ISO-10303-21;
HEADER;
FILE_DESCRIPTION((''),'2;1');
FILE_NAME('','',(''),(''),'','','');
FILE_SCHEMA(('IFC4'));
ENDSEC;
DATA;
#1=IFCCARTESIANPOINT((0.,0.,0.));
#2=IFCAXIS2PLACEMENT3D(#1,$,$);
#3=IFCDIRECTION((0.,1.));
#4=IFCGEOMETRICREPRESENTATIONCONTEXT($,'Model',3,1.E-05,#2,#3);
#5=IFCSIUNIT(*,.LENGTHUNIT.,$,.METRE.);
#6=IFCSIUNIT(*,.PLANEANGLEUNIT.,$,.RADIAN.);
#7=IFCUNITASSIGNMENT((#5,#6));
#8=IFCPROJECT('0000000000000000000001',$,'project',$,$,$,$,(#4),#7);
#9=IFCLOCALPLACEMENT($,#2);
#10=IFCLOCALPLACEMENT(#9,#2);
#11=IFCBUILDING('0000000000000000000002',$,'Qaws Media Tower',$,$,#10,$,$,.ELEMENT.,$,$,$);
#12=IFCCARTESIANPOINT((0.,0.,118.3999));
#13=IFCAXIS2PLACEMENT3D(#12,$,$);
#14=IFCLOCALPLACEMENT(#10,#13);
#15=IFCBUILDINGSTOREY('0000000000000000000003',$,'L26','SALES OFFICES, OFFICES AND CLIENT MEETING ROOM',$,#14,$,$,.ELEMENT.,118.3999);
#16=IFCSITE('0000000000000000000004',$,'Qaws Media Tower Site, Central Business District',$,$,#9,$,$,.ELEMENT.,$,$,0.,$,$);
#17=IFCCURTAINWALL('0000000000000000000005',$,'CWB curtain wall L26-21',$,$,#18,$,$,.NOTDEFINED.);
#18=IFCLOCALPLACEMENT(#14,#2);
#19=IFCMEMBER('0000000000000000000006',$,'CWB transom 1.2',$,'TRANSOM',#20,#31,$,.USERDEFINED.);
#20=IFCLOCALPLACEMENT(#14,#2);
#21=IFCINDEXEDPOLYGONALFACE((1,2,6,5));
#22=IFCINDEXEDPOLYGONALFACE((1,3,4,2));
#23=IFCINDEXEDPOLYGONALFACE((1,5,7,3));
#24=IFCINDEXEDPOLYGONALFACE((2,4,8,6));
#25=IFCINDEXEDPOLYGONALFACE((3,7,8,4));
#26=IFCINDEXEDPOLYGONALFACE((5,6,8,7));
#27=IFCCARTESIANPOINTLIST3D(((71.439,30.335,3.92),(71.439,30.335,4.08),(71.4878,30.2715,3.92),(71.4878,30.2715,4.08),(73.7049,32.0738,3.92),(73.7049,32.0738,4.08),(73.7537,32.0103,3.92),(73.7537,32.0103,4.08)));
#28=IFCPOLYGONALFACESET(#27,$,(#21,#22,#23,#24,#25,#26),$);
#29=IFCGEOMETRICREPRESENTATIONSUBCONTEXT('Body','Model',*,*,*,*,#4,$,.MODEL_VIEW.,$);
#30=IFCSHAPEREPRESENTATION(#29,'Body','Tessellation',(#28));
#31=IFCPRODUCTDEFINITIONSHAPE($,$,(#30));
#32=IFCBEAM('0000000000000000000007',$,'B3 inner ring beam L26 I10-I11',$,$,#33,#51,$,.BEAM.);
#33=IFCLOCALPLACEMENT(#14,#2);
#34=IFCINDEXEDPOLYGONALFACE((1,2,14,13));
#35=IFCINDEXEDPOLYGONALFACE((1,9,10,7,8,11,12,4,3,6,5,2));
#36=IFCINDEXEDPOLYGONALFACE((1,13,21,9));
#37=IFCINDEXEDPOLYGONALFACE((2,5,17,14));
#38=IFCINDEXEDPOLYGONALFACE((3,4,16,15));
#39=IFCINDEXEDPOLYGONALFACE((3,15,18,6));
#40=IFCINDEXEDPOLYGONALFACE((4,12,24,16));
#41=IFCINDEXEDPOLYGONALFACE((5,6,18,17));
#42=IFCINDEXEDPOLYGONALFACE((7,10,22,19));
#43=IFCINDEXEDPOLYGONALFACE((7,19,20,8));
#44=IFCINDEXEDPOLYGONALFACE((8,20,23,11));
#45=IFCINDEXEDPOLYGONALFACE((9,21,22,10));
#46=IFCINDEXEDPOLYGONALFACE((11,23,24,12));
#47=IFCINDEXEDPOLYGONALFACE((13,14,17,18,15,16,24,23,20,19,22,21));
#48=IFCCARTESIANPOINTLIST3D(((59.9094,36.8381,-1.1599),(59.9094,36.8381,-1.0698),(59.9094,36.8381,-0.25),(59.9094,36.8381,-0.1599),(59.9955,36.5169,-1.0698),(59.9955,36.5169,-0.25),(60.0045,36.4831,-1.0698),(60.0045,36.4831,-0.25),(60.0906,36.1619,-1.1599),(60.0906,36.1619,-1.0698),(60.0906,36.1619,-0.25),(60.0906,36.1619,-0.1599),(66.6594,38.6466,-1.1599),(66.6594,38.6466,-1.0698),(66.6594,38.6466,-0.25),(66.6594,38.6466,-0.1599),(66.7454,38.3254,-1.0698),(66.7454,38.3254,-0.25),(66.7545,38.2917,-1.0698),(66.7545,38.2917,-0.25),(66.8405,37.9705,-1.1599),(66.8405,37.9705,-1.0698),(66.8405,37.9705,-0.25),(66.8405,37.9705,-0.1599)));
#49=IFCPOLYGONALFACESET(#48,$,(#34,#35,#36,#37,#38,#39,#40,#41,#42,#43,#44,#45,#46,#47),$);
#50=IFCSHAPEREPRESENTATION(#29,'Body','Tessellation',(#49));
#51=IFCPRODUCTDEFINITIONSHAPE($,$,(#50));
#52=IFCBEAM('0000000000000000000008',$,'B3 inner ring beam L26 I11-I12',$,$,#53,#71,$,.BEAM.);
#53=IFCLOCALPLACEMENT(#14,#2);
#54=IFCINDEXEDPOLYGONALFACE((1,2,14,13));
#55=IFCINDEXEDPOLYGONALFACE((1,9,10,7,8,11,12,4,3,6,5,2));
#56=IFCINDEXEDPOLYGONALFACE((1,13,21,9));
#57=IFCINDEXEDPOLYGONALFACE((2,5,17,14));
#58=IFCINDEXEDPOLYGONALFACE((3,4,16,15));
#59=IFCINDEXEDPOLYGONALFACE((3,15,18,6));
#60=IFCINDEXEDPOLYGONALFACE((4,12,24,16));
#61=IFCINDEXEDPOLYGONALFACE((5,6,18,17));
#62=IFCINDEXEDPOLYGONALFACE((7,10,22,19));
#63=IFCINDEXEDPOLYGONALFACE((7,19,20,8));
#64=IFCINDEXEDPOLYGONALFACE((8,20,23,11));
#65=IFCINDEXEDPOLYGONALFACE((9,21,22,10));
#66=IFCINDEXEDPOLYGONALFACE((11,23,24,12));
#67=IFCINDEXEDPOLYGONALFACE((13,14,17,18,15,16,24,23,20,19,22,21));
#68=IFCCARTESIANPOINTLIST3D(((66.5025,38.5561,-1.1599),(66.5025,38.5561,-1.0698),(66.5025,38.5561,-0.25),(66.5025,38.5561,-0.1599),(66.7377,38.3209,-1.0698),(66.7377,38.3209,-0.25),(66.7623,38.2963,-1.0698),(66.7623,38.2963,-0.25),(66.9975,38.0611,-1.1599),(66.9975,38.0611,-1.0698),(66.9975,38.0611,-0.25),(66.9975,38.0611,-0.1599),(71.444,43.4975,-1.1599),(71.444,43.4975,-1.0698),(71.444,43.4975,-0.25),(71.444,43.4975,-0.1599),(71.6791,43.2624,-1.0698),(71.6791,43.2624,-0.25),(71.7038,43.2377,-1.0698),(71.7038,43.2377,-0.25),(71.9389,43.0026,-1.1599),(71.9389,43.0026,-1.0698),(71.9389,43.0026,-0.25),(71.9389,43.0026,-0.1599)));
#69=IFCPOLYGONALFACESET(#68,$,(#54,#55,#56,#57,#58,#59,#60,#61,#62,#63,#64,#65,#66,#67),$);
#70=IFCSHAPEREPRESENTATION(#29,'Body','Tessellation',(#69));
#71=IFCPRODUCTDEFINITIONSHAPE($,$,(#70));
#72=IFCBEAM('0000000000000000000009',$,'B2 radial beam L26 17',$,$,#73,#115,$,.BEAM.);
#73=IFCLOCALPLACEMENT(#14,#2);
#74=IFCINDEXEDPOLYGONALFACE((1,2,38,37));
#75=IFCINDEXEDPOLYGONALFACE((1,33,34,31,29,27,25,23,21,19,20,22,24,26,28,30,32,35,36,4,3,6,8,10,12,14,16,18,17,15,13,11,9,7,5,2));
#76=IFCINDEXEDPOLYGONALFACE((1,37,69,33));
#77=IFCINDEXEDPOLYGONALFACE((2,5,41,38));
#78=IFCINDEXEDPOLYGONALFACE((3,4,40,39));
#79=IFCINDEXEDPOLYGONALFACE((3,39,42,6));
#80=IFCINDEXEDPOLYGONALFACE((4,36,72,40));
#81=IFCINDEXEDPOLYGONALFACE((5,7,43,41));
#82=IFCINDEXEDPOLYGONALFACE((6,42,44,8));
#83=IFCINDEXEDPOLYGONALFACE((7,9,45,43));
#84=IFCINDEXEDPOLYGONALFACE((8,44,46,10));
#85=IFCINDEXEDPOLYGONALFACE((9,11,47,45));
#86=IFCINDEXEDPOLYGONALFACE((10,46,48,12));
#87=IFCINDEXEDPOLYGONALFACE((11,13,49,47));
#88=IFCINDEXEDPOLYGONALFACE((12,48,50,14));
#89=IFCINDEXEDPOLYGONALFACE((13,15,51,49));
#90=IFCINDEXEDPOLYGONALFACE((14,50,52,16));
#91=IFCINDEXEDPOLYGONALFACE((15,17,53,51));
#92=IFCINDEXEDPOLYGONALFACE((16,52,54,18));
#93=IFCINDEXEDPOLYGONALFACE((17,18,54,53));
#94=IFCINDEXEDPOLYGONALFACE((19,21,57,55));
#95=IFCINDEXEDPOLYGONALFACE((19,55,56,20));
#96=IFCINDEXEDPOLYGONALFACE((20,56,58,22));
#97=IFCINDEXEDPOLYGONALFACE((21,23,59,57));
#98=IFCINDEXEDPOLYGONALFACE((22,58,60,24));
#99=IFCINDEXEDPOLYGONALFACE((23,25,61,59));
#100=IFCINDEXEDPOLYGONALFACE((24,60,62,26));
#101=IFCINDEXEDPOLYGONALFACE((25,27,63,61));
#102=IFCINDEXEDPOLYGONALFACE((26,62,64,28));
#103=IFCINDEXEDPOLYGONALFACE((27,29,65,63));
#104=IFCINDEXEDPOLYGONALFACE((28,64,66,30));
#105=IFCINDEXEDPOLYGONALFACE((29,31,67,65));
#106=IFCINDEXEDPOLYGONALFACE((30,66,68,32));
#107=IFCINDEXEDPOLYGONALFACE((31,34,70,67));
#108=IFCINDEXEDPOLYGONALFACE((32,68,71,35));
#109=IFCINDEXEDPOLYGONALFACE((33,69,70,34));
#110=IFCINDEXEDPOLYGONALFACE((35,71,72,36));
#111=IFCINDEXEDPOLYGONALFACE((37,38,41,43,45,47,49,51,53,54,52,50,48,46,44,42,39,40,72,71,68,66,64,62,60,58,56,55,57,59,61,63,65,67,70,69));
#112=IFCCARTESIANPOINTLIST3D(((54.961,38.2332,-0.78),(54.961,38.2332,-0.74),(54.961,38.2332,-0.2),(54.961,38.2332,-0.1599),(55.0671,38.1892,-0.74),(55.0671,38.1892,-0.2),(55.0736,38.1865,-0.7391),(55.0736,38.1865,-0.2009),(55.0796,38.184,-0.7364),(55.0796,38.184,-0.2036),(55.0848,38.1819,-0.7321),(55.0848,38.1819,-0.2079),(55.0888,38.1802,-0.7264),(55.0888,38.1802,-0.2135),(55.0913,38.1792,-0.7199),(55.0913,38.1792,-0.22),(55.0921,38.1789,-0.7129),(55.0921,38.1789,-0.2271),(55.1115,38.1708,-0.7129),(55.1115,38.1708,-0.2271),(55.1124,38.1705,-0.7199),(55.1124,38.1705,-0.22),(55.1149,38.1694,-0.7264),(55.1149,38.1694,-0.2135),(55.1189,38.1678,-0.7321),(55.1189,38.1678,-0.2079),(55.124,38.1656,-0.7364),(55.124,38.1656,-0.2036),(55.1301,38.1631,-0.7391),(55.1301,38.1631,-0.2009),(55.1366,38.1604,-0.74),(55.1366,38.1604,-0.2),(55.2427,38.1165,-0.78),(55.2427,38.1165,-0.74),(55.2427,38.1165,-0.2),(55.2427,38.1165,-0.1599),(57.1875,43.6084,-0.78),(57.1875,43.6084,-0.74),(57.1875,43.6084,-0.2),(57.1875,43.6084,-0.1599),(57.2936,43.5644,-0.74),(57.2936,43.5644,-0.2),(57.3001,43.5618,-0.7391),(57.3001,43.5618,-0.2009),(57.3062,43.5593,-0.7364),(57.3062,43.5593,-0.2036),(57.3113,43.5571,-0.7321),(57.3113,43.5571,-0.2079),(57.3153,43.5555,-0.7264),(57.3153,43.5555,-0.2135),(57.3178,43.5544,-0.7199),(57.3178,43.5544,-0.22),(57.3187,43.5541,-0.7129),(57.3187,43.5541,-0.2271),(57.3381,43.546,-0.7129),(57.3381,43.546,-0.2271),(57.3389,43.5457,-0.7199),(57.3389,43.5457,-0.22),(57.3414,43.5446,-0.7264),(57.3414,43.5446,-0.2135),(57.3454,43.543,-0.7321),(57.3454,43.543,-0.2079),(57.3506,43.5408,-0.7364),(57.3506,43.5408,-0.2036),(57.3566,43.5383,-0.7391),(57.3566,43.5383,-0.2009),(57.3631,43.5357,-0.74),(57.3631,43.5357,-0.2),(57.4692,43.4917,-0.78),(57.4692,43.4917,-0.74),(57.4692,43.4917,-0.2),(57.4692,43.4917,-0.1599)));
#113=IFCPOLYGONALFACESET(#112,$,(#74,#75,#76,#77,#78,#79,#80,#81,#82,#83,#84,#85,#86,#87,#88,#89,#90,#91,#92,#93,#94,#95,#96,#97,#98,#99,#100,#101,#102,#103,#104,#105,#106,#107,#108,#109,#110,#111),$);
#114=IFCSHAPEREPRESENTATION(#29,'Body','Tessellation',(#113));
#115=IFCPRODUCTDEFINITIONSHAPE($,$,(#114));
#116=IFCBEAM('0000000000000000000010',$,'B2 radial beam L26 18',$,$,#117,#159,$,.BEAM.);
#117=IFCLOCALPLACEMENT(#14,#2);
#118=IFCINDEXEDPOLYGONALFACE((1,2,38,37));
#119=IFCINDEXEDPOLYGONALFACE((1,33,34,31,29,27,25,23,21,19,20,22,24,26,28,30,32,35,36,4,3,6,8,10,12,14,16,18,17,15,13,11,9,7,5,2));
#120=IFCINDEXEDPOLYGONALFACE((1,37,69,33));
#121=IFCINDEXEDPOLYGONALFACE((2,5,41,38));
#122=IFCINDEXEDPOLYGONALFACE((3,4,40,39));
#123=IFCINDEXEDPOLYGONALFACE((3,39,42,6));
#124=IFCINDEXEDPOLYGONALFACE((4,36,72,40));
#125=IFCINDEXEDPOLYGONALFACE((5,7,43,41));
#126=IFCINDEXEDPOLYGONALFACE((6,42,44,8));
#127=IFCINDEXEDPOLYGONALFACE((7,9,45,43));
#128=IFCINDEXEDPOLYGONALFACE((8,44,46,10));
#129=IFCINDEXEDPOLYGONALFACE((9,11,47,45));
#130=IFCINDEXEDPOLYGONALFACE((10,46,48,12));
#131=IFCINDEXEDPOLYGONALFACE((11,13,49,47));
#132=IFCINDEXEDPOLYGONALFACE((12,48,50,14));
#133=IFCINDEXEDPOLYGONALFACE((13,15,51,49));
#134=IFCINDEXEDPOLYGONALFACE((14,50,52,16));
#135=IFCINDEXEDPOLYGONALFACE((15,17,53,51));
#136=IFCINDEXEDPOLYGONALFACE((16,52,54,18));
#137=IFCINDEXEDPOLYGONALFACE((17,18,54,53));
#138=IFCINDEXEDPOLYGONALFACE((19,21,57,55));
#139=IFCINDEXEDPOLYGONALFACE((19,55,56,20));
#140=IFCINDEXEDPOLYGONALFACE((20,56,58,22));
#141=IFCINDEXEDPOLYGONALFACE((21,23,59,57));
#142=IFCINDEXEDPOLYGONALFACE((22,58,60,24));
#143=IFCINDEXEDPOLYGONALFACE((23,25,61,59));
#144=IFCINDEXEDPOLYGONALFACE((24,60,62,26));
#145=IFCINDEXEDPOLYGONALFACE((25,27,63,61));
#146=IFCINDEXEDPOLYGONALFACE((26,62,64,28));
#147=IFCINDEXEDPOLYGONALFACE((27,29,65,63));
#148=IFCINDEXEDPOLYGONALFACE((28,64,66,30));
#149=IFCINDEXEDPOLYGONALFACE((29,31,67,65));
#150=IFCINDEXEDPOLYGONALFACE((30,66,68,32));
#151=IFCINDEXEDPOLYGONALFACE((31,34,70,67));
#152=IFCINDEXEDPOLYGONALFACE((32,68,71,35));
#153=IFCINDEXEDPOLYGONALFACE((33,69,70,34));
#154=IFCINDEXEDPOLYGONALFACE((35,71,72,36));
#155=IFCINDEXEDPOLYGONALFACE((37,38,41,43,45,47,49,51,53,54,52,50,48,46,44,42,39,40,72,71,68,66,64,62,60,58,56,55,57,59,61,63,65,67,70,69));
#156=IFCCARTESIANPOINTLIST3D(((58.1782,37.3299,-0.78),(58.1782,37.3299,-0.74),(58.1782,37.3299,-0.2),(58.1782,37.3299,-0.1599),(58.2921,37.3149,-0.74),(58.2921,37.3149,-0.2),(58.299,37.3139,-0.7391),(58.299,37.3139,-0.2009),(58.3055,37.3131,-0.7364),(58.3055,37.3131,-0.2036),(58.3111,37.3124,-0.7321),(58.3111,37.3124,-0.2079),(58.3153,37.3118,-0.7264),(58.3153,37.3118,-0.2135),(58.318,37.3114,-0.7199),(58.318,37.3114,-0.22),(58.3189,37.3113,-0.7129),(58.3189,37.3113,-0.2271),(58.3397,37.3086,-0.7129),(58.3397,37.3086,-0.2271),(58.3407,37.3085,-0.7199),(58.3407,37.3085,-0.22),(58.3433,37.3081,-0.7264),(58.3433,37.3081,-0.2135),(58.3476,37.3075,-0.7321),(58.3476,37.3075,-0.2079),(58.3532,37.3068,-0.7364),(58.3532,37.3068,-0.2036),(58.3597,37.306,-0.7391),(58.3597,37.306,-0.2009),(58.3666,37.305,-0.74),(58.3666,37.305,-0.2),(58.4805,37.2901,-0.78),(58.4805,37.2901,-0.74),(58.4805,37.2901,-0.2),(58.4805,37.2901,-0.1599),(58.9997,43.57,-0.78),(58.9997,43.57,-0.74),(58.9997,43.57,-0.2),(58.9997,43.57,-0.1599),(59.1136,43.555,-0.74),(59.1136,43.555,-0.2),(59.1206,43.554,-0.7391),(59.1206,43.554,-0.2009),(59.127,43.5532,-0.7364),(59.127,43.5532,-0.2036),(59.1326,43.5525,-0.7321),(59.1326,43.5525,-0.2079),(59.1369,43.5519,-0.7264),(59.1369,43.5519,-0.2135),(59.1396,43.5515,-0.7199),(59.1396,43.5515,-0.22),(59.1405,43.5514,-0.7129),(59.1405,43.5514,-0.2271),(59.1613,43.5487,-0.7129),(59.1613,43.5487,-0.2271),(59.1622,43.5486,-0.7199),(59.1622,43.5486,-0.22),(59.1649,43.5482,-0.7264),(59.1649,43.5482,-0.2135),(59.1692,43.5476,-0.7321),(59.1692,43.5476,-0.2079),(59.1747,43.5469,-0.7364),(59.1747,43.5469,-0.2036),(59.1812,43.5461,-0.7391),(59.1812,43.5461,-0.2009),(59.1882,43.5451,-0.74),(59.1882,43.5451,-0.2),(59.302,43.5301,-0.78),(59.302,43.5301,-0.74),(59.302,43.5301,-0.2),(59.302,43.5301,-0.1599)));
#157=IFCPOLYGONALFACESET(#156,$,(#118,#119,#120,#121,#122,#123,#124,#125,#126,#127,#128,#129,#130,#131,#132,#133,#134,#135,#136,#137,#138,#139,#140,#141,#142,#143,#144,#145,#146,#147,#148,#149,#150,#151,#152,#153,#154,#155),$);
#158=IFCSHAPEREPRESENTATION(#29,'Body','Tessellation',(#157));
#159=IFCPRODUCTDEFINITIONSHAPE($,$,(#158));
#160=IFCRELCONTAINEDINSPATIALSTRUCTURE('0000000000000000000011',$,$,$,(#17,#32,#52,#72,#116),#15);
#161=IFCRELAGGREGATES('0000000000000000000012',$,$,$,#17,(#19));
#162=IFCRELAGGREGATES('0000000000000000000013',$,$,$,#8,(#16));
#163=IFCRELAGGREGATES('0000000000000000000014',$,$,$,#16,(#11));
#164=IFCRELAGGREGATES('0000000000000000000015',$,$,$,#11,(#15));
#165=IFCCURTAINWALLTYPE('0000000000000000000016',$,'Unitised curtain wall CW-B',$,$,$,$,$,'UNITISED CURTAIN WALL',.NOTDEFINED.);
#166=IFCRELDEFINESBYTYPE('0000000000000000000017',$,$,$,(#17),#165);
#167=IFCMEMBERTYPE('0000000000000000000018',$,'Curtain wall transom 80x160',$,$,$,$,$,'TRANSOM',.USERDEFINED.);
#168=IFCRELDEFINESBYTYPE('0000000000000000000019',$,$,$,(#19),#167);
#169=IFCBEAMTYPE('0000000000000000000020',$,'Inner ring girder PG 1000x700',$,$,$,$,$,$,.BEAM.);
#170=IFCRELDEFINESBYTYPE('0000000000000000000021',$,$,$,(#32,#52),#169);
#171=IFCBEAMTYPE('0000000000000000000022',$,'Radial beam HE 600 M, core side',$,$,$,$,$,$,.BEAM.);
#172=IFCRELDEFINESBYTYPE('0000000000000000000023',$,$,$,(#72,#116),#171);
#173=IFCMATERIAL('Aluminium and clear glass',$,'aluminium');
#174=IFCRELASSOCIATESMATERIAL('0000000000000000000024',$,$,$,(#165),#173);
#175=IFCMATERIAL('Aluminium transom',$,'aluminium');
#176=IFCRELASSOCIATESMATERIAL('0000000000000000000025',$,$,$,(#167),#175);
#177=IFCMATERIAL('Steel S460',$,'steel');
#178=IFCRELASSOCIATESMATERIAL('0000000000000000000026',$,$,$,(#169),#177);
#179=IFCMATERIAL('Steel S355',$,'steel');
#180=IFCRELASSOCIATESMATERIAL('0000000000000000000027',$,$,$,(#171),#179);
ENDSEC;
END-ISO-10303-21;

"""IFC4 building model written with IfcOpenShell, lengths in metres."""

from ifc_helpers import new_model, si_unit, direction, frame, origin, origin_2d, place, context, subcontext, project, spatial, rectangle, i_section, extrude, material, material_profile, profile_set, type_object, element, aggregate, save


model = new_model("IFC4")

# Units and contexts
model_context = context("Model", 3, precision=1e-05, world=origin(), true_north=direction((0.0, 1.0)))
body_context = subcontext(model_context, "Body", "Model", "MODEL_VIEW")
ifc_project = project(units=[si_unit("LENGTHUNIT", "METRE"), si_unit("PLANEANGLEUNIT", "RADIAN")], contexts=[model_context])

# Site, building, storey
site_placement = place(None, origin())
site = spatial("IfcSite", under=ifc_project, at=site_placement, Name="Qaws Media Tower Site, Central Business District", CompositionType="ELEMENT", RefElevation=0.0)
building_placement = place(site_placement, origin())
building = spatial("IfcBuilding", under=site, at=building_placement, Name="Qaws Media Tower", CompositionType="ELEMENT")
storey_placement = place(building_placement, frame((0.0, 0.0, 118.3999)))
storey = spatial("IfcBuildingStorey", under=building, at=storey_placement, Name="L26", Description="SALES OFFICES, OFFICES AND CLIENT MEETING ROOM", CompositionType="ELEMENT", Elevation=118.3999)

# Curtain wall, member
ifc_material_1 = material(Name="Aluminium and clear glass", Category="aluminium")
curtain_wall_type = type_object("IfcCurtainWallType", Name="Unitised curtain wall CW-B", ElementType="UNITISED CURTAIN WALL", PredefinedType="NOTDEFINED", material=ifc_material_1)
curtain_wall_placement = place(storey_placement, origin())
curtain_wall = element("IfcCurtainWall", 1, at=curtain_wall_placement, inside=storey, type_object=curtain_wall_type, Name="CWB curtain wall L26-21", PredefinedType="NOTDEFINED")
ifc_material_2 = material(Name="Aluminium transom", Category="aluminium")
ifc_material_profile_1 = material_profile(ifc_material_2, rectangle(XDim=0.0801, YDim=0.1599, at=origin_2d()), Name="80x160")
ifc_profile_set_1 = profile_set([ifc_material_profile_1], Name="Aluminium transom")
member_type_1 = type_object("IfcMemberType", Name="Curtain wall transom 80x160", ElementType="TRANSOM", PredefinedType="USERDEFINED", material=ifc_profile_set_1)
member_1_placement = place(storey_placement, frame((71.4634, 30.3032, 4.0), z_axis=(0.793335, 0.608785, 0.0), x_axis=(-0.608785, 0.793335, 0.0)))
member_1 = element("IfcMember", 2, at=member_1_placement, type_object=member_type_1, Name="CWB transom 1.2", ObjectType="TRANSOM", PredefinedType="USERDEFINED", context=body_context, shape_type="SweptSolid", body=[
    extrude(rectangle(XDim=0.0801, YDim=0.1599, at=origin_2d()), origin(), (0.0, 0.0, 1.0), 2.8562),
])
aggregate(curtain_wall, [member_1])

# Beams
ifc_material_3 = material(Name="Steel S460", Category="steel")
ifc_material_profile_2 = material_profile(ifc_material_3, i_section(OverallWidth=0.7, OverallDepth=1.0, WebThickness=0.0349, FlangeThickness=0.0901, at=origin_2d()), Name="PG 1000x700")
ifc_profile_set_2 = profile_set([ifc_material_profile_2], Name="Steel S460")
beam_type_1 = type_object("IfcBeamType", Name="Inner ring girder PG 1000x700", PredefinedType="BEAM", material=ifc_profile_set_2)
beam_1_placement = place(storey_placement, frame((60.0, 36.5, -0.6599), z_axis=(0.965928, 0.258811, 0.0), x_axis=(-0.258811, 0.965928, 0.0)))
element("IfcBeam", 3, at=beam_1_placement, inside=storey, type_object=beam_type_1, Name="B3 inner ring beam L26 I10-I11", PredefinedType="BEAM", context=body_context, shape_type="SweptSolid", body=[
    extrude(i_section(OverallWidth=0.7, OverallDepth=1.0, WebThickness=0.0349, FlangeThickness=0.0901, at=origin_2d()), origin(), (0.0, 0.0, 1.0), 6.988),
])
beam_2_placement = place(storey_placement, frame((66.75, 38.3086, -0.6599), z_axis=(0.707107, 0.707107, 0.0), x_axis=(-0.707107, 0.707107, 0.0)))
element("IfcBeam", 4, at=beam_2_placement, inside=storey, type_object=beam_type_1, Name="B3 inner ring beam L26 I11-I12", PredefinedType="BEAM", context=body_context, shape_type="SweptSolid", body=[
    extrude(i_section(OverallWidth=0.7, OverallDepth=1.0, WebThickness=0.0349, FlangeThickness=0.0901, at=origin_2d()), origin(), (0.0, 0.0, 1.0), 6.9883),
])
ifc_material_4 = material(Name="Steel S355", Category="steel")
ifc_material_profile_3 = material_profile(ifc_material_4, i_section(OverallWidth=0.3049, OverallDepth=0.6201, WebThickness=0.021, FlangeThickness=0.04, FilletRadius=0.0271, at=origin_2d()), Name="HE 600 M")
ifc_profile_set_3 = profile_set([ifc_material_profile_3], Name="Steel S355")
beam_type_2 = type_object("IfcBeamType", Name="Radial beam HE 600 M, core side", PredefinedType="BEAM", material=ifc_profile_set_3)
beam_3_placement = place(storey_placement, frame((57.3284, 43.55, -0.47), z_axis=(-0.382693, -0.923876, 0.0), x_axis=(0.923876, -0.382693, 0.0)))
element("IfcBeam", 5, at=beam_3_placement, inside=storey, type_object=beam_type_2, Name="B2 radial beam L26 17", PredefinedType="BEAM", context=body_context, shape_type="SweptSolid", body=[
    extrude(i_section(OverallWidth=0.3049, OverallDepth=0.6201, WebThickness=0.021, FlangeThickness=0.04, FilletRadius=0.0271, at=origin_2d()), origin(), (0.0, 0.0, 1.0), 5.8181),
])
for number, where, z_axis, x_axis, name in (
    (6, (59.1509, 43.55, -0.47), (-0.13053, -0.991444, 0.0), (0.991444, -0.13053, 0.0), "B2 radial beam L26 18"),
):
    element("IfcBeam", number, at=place(storey_placement, frame(where, z_axis=z_axis, x_axis=x_axis)), inside=storey, type_object=beam_type_2, Name=name, PredefinedType="BEAM", context=body_context, shape_type="SweptSolid", body=[
        extrude(i_section(OverallWidth=0.3049, OverallDepth=0.6201, WebThickness=0.021, FlangeThickness=0.04, FilletRadius=0.0271, at=origin_2d()), origin(), (0.0, 0.0, 1.0), 6.2939),
    ])

save(model, "model.ifc")
